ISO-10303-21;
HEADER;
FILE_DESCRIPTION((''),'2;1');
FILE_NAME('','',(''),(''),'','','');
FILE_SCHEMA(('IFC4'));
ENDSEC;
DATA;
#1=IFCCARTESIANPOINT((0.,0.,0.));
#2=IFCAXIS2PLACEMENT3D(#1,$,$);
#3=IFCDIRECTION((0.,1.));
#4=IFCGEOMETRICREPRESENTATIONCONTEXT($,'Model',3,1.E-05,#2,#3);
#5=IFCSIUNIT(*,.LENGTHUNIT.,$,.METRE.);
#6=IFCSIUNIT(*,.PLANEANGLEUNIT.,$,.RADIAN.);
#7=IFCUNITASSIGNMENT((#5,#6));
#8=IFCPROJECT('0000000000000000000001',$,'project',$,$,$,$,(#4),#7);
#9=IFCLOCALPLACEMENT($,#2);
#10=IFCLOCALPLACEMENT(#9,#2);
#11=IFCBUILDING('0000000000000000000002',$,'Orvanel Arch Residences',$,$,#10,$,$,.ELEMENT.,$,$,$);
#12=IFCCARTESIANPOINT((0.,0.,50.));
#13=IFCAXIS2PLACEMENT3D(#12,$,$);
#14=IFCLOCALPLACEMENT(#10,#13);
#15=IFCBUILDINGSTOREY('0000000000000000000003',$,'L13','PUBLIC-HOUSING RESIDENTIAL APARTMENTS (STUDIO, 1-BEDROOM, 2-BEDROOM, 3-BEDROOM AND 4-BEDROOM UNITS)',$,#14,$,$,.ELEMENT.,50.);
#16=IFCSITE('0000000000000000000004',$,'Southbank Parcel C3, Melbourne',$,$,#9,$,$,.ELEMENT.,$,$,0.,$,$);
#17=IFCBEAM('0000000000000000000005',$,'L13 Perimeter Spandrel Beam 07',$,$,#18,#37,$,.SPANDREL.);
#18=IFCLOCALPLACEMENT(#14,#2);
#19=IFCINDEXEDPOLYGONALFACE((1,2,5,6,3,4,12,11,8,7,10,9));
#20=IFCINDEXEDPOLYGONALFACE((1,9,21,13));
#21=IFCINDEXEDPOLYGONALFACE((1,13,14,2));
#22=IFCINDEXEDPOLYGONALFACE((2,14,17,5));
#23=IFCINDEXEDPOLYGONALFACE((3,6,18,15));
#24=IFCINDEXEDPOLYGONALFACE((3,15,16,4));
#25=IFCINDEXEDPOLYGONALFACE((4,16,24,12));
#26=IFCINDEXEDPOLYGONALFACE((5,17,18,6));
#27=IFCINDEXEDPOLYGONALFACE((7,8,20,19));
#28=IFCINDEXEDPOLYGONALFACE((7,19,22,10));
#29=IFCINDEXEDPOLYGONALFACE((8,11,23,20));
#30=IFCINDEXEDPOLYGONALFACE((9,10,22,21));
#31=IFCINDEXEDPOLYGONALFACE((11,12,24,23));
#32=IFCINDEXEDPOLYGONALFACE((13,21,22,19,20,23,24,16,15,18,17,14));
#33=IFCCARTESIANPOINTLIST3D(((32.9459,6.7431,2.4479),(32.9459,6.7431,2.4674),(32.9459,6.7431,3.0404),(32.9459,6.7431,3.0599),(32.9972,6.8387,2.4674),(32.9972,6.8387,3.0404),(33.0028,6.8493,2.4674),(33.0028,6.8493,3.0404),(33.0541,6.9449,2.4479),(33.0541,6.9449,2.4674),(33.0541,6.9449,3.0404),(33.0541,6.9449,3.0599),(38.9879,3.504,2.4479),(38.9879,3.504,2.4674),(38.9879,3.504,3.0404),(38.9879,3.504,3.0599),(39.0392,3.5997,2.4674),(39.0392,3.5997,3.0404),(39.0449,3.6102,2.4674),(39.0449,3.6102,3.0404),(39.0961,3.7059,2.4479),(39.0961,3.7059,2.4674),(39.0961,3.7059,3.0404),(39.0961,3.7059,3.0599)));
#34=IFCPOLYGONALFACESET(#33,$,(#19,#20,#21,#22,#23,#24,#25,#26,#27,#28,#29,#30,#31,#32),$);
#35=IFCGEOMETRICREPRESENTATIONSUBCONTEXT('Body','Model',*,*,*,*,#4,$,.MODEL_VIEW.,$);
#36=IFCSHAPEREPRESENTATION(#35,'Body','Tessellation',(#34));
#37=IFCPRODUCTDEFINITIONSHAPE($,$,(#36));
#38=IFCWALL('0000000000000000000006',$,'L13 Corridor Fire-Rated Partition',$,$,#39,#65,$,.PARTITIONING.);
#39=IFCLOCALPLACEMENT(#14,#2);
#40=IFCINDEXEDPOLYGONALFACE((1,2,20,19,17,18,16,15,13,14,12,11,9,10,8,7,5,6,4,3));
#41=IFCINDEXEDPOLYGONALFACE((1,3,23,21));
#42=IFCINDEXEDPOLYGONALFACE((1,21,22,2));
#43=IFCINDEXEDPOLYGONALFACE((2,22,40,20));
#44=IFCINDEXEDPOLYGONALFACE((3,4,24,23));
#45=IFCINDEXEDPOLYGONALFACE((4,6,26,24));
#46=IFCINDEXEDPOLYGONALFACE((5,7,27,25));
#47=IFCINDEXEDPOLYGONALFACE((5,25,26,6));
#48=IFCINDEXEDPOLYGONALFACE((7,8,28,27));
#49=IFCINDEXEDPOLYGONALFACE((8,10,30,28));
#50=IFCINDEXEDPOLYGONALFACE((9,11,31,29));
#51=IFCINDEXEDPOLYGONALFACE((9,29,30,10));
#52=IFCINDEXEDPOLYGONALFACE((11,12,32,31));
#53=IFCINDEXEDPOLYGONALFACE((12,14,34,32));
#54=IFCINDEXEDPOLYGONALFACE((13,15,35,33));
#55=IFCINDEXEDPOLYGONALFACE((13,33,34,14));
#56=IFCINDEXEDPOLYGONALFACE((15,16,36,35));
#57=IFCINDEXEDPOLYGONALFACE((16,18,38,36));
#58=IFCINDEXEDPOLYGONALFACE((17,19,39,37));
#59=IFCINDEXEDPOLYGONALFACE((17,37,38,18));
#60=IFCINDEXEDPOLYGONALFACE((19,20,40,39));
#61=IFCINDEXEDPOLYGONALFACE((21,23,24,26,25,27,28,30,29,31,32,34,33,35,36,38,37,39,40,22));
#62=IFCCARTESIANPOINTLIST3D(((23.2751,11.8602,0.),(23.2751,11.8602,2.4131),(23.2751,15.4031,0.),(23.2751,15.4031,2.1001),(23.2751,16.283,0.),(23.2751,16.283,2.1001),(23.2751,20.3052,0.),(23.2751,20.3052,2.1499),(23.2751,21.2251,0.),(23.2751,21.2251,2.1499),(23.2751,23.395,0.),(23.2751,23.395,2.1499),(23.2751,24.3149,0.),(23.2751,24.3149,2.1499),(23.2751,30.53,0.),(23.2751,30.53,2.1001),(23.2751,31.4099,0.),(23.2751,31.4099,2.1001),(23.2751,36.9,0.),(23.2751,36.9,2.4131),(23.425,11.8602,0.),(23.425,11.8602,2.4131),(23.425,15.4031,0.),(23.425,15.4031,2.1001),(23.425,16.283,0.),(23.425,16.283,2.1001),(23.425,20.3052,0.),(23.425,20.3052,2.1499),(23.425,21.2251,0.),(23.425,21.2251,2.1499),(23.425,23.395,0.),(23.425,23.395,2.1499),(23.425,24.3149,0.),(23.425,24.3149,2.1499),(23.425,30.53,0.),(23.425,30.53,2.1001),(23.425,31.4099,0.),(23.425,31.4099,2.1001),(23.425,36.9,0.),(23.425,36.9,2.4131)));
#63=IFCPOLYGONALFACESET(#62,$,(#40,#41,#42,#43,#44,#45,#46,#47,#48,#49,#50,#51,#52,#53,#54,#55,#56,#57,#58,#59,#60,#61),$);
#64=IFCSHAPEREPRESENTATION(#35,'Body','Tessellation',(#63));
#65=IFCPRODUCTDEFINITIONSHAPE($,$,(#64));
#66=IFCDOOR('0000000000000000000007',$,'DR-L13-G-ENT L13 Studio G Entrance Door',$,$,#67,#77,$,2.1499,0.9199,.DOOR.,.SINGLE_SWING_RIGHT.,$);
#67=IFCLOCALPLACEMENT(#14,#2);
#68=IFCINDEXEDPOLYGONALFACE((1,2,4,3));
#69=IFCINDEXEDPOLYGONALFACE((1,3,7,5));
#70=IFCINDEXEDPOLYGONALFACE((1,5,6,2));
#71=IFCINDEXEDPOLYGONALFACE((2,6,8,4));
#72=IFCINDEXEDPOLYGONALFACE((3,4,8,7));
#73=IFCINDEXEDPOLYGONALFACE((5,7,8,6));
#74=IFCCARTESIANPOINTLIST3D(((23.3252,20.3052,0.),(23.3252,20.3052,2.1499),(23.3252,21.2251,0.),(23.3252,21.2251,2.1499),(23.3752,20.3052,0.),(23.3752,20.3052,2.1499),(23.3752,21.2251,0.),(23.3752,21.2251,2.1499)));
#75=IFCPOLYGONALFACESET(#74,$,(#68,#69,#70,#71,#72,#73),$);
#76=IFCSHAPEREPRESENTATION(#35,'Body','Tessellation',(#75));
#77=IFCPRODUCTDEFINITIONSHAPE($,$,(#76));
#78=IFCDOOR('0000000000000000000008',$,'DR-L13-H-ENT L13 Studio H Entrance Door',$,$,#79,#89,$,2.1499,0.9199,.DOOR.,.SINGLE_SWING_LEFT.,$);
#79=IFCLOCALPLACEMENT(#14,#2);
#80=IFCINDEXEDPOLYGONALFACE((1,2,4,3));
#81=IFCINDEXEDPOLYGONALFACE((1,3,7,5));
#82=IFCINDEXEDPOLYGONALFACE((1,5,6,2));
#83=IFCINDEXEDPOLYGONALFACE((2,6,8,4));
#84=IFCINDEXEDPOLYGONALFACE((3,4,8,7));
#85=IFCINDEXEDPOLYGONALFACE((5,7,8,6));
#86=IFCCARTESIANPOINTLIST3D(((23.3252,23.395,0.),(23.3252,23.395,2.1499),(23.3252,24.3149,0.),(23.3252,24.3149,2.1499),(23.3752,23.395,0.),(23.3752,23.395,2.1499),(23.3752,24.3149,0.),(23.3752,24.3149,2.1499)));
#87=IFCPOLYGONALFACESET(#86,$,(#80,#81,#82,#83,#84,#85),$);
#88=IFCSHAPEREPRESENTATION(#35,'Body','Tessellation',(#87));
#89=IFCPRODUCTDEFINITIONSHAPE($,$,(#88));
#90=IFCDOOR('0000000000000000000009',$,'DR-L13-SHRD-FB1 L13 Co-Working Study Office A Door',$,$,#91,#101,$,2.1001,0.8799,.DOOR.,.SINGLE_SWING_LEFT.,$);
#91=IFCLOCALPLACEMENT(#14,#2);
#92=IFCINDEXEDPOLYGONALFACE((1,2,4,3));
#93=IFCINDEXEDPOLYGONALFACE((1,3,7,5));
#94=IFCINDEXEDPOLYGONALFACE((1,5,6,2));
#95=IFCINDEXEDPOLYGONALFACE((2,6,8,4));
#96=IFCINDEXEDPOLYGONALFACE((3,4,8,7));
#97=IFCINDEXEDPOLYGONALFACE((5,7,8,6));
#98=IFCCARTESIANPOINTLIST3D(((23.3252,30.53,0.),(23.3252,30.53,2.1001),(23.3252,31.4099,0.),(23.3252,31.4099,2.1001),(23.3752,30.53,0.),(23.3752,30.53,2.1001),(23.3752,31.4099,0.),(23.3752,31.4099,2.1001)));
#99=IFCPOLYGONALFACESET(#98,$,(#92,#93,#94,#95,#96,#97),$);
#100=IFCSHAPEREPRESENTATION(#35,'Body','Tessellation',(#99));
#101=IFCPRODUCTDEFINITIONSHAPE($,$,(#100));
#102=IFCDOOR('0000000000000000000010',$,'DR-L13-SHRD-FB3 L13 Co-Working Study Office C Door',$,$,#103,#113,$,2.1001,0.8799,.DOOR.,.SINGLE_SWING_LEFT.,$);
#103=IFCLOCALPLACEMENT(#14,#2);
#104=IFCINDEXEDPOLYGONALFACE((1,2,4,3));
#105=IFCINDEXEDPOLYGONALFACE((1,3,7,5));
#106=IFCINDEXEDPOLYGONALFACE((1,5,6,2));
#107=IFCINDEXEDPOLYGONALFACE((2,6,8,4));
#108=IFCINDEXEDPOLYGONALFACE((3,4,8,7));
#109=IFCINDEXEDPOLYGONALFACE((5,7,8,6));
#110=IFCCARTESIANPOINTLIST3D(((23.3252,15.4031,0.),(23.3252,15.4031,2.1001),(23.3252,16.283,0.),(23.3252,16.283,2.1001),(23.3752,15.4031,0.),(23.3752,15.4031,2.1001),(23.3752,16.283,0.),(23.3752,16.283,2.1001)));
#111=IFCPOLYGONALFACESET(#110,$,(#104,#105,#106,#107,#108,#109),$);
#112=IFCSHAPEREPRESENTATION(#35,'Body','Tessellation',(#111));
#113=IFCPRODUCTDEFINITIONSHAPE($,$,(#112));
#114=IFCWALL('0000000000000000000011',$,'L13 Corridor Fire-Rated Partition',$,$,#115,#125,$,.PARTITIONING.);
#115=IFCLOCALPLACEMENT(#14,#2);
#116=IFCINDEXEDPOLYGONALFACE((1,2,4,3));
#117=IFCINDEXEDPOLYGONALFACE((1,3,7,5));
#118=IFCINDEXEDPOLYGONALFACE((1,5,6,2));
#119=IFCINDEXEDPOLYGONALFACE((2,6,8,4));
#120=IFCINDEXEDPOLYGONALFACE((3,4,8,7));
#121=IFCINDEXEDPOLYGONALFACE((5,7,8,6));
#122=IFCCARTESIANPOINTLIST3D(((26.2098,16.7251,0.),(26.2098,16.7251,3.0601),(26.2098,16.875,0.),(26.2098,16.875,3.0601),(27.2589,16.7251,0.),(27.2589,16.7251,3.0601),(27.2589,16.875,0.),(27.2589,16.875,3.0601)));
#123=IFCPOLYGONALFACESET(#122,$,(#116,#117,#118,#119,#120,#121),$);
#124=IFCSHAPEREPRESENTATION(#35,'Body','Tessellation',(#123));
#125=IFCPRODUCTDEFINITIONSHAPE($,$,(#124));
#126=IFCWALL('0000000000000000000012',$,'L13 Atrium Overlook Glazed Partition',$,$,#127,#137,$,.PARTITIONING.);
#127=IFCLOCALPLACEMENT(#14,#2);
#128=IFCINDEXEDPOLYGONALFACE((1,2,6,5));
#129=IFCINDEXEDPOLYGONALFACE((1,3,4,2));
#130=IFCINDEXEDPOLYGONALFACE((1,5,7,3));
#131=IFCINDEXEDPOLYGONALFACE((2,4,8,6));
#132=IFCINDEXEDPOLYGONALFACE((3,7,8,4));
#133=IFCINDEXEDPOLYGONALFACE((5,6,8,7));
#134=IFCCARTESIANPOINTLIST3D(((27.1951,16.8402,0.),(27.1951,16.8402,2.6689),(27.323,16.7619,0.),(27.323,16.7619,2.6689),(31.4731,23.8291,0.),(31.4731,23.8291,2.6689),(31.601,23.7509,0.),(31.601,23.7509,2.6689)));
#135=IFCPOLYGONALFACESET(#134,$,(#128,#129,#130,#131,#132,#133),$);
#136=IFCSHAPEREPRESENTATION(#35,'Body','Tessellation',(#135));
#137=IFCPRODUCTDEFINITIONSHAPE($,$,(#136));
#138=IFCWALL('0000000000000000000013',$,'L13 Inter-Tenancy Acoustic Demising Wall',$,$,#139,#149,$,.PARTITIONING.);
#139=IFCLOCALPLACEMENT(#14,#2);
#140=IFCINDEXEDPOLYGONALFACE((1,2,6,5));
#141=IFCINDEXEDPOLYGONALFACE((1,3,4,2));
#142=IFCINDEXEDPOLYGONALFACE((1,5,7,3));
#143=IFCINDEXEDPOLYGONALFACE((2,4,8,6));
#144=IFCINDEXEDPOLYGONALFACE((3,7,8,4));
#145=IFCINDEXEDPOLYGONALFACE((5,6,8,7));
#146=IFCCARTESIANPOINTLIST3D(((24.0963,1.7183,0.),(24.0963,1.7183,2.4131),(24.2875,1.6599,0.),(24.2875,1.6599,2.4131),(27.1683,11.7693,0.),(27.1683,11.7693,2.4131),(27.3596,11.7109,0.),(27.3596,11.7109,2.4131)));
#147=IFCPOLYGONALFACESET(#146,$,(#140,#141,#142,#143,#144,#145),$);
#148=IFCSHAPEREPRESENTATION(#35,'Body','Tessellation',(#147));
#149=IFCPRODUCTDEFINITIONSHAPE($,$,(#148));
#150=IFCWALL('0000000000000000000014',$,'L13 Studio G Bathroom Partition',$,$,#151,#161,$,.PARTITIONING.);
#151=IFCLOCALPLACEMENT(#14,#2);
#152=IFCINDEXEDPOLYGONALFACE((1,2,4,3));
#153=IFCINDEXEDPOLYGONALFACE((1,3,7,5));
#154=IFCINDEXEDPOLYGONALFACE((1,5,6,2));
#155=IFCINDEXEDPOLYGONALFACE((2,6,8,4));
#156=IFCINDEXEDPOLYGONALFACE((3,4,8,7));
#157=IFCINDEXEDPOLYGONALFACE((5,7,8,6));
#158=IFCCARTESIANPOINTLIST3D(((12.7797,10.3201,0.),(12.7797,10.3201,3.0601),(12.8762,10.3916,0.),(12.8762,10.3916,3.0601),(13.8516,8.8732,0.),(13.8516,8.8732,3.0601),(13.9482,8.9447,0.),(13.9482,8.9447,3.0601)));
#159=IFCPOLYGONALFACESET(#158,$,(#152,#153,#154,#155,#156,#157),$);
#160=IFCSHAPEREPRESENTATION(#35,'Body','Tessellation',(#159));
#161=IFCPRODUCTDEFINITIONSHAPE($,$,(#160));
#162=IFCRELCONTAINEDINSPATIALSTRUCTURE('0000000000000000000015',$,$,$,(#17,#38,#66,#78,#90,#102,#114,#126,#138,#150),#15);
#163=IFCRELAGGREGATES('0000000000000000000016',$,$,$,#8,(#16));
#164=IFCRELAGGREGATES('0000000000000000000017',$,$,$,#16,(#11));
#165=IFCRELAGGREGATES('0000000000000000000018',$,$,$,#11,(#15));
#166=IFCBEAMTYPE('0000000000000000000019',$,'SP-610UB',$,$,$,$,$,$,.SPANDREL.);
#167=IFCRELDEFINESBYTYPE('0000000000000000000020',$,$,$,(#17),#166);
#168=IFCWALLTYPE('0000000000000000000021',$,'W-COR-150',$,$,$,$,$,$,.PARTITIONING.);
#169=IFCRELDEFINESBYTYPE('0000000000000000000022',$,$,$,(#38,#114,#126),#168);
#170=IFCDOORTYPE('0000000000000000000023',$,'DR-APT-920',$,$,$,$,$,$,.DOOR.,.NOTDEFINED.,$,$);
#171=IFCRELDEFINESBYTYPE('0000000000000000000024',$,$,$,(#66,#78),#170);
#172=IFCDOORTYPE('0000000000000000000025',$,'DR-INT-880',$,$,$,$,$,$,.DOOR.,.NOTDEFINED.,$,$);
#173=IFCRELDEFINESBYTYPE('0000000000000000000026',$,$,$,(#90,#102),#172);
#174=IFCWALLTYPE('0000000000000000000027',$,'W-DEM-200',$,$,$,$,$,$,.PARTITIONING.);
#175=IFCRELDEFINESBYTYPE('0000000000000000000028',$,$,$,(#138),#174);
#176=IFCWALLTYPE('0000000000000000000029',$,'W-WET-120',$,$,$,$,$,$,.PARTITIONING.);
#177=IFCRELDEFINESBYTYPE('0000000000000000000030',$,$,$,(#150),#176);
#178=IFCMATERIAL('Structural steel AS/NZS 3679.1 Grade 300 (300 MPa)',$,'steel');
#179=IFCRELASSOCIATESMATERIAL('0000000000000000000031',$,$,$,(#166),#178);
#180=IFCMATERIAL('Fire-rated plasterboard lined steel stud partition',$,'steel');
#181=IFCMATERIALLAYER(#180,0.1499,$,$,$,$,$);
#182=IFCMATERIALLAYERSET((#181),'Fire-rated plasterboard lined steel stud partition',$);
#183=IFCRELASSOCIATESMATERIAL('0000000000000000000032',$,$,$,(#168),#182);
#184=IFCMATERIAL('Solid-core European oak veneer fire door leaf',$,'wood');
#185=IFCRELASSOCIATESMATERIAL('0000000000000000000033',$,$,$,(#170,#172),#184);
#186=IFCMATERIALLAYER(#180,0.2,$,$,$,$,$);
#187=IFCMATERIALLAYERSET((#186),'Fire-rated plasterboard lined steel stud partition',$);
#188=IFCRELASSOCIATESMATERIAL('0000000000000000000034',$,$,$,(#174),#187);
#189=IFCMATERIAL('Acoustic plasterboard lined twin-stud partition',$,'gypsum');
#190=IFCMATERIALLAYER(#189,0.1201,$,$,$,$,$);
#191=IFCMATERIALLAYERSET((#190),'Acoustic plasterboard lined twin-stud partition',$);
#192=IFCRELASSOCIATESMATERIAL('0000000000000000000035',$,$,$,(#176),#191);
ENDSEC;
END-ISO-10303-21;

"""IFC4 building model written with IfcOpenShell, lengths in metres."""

from ifc_helpers import new_model, si_unit, direction, frame, frame_2d, origin, origin_2d, place, context, subcontext, project, spatial, rectangle, i_section, extrude, material, layer, layer_set, material_profile, profile_set, type_object, element, fill, save


model = new_model("IFC4")

# Units and contexts
model_context = context("Model", 3, precision=1e-05, world=origin(), true_north=direction((0.0, 1.0)))
body_context = subcontext(model_context, "Body", "Model", "MODEL_VIEW")
ifc_project = project(units=[si_unit("LENGTHUNIT", "METRE"), si_unit("PLANEANGLEUNIT", "RADIAN")], contexts=[model_context])

# Site, building, storey
site_placement = place(None, origin())
site = spatial("IfcSite", under=ifc_project, at=site_placement, Name="Southbank Parcel C3, Melbourne", CompositionType="ELEMENT", RefElevation=0.0)
building_placement = place(site_placement, origin())
building = spatial("IfcBuilding", under=site, at=building_placement, Name="Orvanel Arch Residences", CompositionType="ELEMENT")
storey_placement = place(building_placement, frame((0.0, 0.0, 50.0)))
storey = spatial("IfcBuildingStorey", under=building, at=storey_placement, Name="L13", Description="PUBLIC-HOUSING RESIDENTIAL APARTMENTS (STUDIO, 1-BEDROOM, 2-BEDROOM, 3-BEDROOM AND 4-BEDROOM UNITS)", CompositionType="ELEMENT", Elevation=50.0)

# Beam
ifc_material_1 = material(Name="Structural steel AS/NZS 3679.1 Grade 300 (300 MPa)", Category="steel")
ifc_material_profile_1 = material_profile(ifc_material_1, i_section(OverallWidth=0.229, OverallDepth=0.6121, WebThickness=0.012, FlangeThickness=0.0195, at=origin_2d()), Name="610UB125")
ifc_profile_set_1 = profile_set([ifc_material_profile_1], Name="Structural steel AS/NZS 3679.1 Grade 300 (300 MPa)")
beam_type_1 = type_object("IfcBeamType", Name="SP-610UB", PredefinedType="SPANDREL", material=ifc_profile_set_1)
for number, where, z_axis, x_axis, name in (
    (1, (33.0, 6.844, 2.7539), (0.881344, -0.472474, 0.0), (0.472474, 0.881344, 0.0), "L13 Perimeter Spandrel Beam 07"),
):
    element("IfcBeam", number, at=place(storey_placement, frame(where, z_axis=z_axis, x_axis=x_axis)), inside=storey, type_object=beam_type_1, Name=name, PredefinedType="SPANDREL", context=body_context, shape_type="SweptSolid", body=[
        extrude(i_section(OverallWidth=0.229, OverallDepth=0.6121, WebThickness=0.012, FlangeThickness=0.0195, at=origin_2d()), origin(), (0.0, 0.0, 1.0), 6.8555),
    ])

# Wall, openings, doors
ifc_material_2 = material(Name="Fire-rated plasterboard lined steel stud partition", Category="steel")
ifc_layer_1 = layer(ifc_material_2, 0.1499)
ifc_layer_set_1 = layer_set([ifc_layer_1], Name="Fire-rated plasterboard lined steel stud partition")
wall_type_1 = type_object("IfcWallType", Name="W-COR-150", PredefinedType="PARTITIONING", material=ifc_layer_set_1)
wall_1_placement = place(storey_placement, frame((23.3501, 11.8601, 0.0), z_axis=(0.0, 0.0, 1.0), x_axis=(0.0, 1.0, 0.0)))
wall_1 = element("IfcWall", 2, at=wall_1_placement, inside=storey, type_object=wall_type_1, Name="L13 Corridor Fire-Rated Partition", PredefinedType="PARTITIONING", context=body_context, shape_type="SweptSolid", body=[
    extrude(rectangle(XDim=25.0398, YDim=0.1499, at=frame_2d((12.52, 0.0))), origin(), (0.0, 0.0, 1.0), 2.4131),
])
opening_1_placement = place(wall_1_placement, frame((18.6699, 0.0, 0.0)))
opening_1 = element("IfcOpeningElement", 3, at=opening_1_placement, cuts=wall_1, PredefinedType="OPENING", context=body_context, shape_type="SweptSolid", body=[
    extrude(rectangle(XDim=0.8799, YDim=2.1001, at=frame_2d((0.4399, 1.05))), frame((0.0, 0.085, 0.0), z_axis=(0.0, -1.0, 0.0), x_axis=(1.0, 0.0, 0.0)), (0.0, 0.0, 1.0), 0.1699),
])
opening_2_placement = place(wall_1_placement, frame((3.543, 0.0, 0.0)))
opening_2 = element("IfcOpeningElement", 4, at=opening_2_placement, cuts=wall_1, PredefinedType="OPENING", context=body_context, shape_type="SweptSolid", body=[
    extrude(rectangle(XDim=0.8799, YDim=2.1001, at=frame_2d((0.4399, 1.05))), frame((0.0, 0.085, 0.0), z_axis=(0.0, -1.0, 0.0), x_axis=(1.0, 0.0, 0.0)), (0.0, 0.0, 1.0), 0.1699),
])
opening_3_placement = place(wall_1_placement, frame((8.4451, 0.0, 0.0)))
opening_3 = element("IfcOpeningElement", 5, at=opening_3_placement, cuts=wall_1, PredefinedType="OPENING", context=body_context, shape_type="SweptSolid", body=[
    extrude(rectangle(XDim=0.9199, YDim=2.1499, at=frame_2d((0.46, 1.075))), frame((0.0, 0.085, 0.0), z_axis=(0.0, -1.0, 0.0), x_axis=(1.0, 0.0, 0.0)), (0.0, 0.0, 1.0), 0.1699),
])
opening_4_placement = place(wall_1_placement, frame((11.5349, 0.0, 0.0)))
opening_4 = element("IfcOpeningElement", 6, at=opening_4_placement, cuts=wall_1, PredefinedType="OPENING", context=body_context, shape_type="SweptSolid", body=[
    extrude(rectangle(XDim=0.9199, YDim=2.1499, at=frame_2d((0.46, 1.075))), frame((0.0, 0.085, 0.0), z_axis=(0.0, -1.0, 0.0), x_axis=(1.0, 0.0, 0.0)), (0.0, 0.0, 1.0), 0.1699),
])
ifc_material_3 = material(Name="Solid-core European oak veneer fire door leaf", Category="wood")
door_type_1 = type_object("IfcDoorType", Name="DR-APT-920", OperationType="NOTDEFINED", PredefinedType="DOOR", material=ifc_material_3)
door_1_placement = place(opening_3_placement, origin())
door_1 = element("IfcDoor", 7, at=door_1_placement, inside=storey, type_object=door_type_1, Name="DR-L13-G-ENT L13 Studio G Entrance Door", OperationType="SINGLE_SWING_RIGHT", OverallHeight=2.1499, OverallWidth=0.9199, PredefinedType="DOOR", context=body_context, shape_type="SweptSolid", body=[
    extrude(rectangle(XDim=0.9199, YDim=2.1499, at=frame_2d((0.46, 1.075))), frame((0.0, 0.0249, 0.0), z_axis=(0.0, -1.0, 0.0), x_axis=(1.0, 0.0, 0.0)), (0.0, 0.0, 1.0), 0.05),
])
fill(opening_3, door_1)
door_2_placement = place(opening_4_placement, origin())
door_2 = element("IfcDoor", 8, at=door_2_placement, inside=storey, type_object=door_type_1, Name="DR-L13-H-ENT L13 Studio H Entrance Door", OperationType="SINGLE_SWING_LEFT", OverallHeight=2.1499, OverallWidth=0.9199, PredefinedType="DOOR", context=body_context, shape_type="SweptSolid", body=[
    extrude(rectangle(XDim=0.9199, YDim=2.1499, at=frame_2d((0.46, 1.075))), frame((0.0, 0.0249, 0.0), z_axis=(0.0, -1.0, 0.0), x_axis=(1.0, 0.0, 0.0)), (0.0, 0.0, 1.0), 0.05),
])
fill(opening_4, door_2)
door_type_2 = type_object("IfcDoorType", Name="DR-INT-880", OperationType="NOTDEFINED", PredefinedType="DOOR", material=ifc_material_3)
door_3_placement = place(opening_1_placement, origin())
door_3 = element("IfcDoor", 9, at=door_3_placement, inside=storey, type_object=door_type_2, Name="DR-L13-SHRD-FB1 L13 Co-Working Study Office A Door", OperationType="SINGLE_SWING_LEFT", OverallHeight=2.1001, OverallWidth=0.8799, PredefinedType="DOOR", context=body_context, shape_type="SweptSolid", body=[
    extrude(rectangle(XDim=0.8799, YDim=2.1001, at=frame_2d((0.4399, 1.05))), frame((0.0, 0.0249, 0.0), z_axis=(0.0, -1.0, 0.0), x_axis=(1.0, 0.0, 0.0)), (0.0, 0.0, 1.0), 0.05),
])
fill(opening_1, door_3)
door_4_placement = place(opening_2_placement, origin())
door_4 = element("IfcDoor", 10, at=door_4_placement, inside=storey, type_object=door_type_2, Name="DR-L13-SHRD-FB3 L13 Co-Working Study Office C Door", OperationType="SINGLE_SWING_LEFT", OverallHeight=2.1001, OverallWidth=0.8799, PredefinedType="DOOR", context=body_context, shape_type="SweptSolid", body=[
    extrude(rectangle(XDim=0.8799, YDim=2.1001, at=frame_2d((0.4399, 1.05))), frame((0.0, 0.0249, 0.0), z_axis=(0.0, -1.0, 0.0), x_axis=(1.0, 0.0, 0.0)), (0.0, 0.0, 1.0), 0.05),
])
fill(opening_2, door_4)

# Walls
wall_2_placement = place(storey_placement, frame((26.21, 16.8, 0.0), z_axis=(0.0, 0.0, 1.0), x_axis=(1.0, 0.0, 0.0)))
element("IfcWall", 11, at=wall_2_placement, inside=storey, type_object=wall_type_1, Name="L13 Corridor Fire-Rated Partition", PredefinedType="PARTITIONING", context=body_context, shape_type="SweptSolid", body=[
    extrude(rectangle(XDim=1.0491, YDim=0.1499, at=frame_2d((0.5244, 0.0))), origin(), (0.0, 0.0, 1.0), 3.0601),
])
wall_3_placement = place(storey_placement, frame((27.259, 16.801, 0.0), z_axis=(0.0, 0.0, 1.0), x_axis=(0.522073, 0.852901, 0.0)))
element("IfcWall", 12, at=wall_3_placement, inside=storey, type_object=wall_type_1, Name="L13 Atrium Overlook Glazed Partition", PredefinedType="PARTITIONING", context=body_context, shape_type="SweptSolid", body=[
    extrude(rectangle(XDim=8.1943, YDim=0.1499, at=frame_2d((4.0972, 0.0))), origin(), (0.0, 0.0, 1.0), 2.6689),
])
ifc_layer_2 = layer(ifc_material_2, 0.2)
ifc_layer_set_2 = layer_set([ifc_layer_2], Name="Fire-rated plasterboard lined steel stud partition")
wall_type_2 = type_object("IfcWallType", Name="W-DEM-200", PredefinedType="PARTITIONING", material=ifc_layer_set_2)
wall_4_placement = place(storey_placement, frame((27.2639, 11.74, 0.0), z_axis=(0.0, 0.0, 1.0), x_axis=(-0.292295, -0.956328, 0.0)))
element("IfcWall", 13, at=wall_4_placement, inside=storey, type_object=wall_type_2, Name="L13 Inter-Tenancy Acoustic Demising Wall", PredefinedType="PARTITIONING", context=body_context, shape_type="SweptSolid", body=[
    extrude(rectangle(XDim=10.51, YDim=0.2, at=frame_2d((5.2549, 0.0))), origin(), (0.0, 0.0, 1.0), 2.4131),
])
ifc_material_4 = material(Name="Acoustic plasterboard lined twin-stud partition", Category="gypsum")
ifc_layer_3 = layer(ifc_material_4, 0.1201)
ifc_layer_set_3 = layer_set([ifc_layer_3], Name="Acoustic plasterboard lined twin-stud partition")
wall_type_3 = type_object("IfcWallType", Name="W-WET-120", PredefinedType="PARTITIONING", material=ifc_layer_set_3)
wall_5_placement = place(storey_placement, frame((13.8999, 8.9089, 0.0), z_axis=(0.0, 0.0, 1.0), x_axis=(-0.595283, 0.803516, 0.0)))
element("IfcWall", 14, at=wall_5_placement, inside=storey, type_object=wall_type_3, Name="L13 Studio G Bathroom Partition", PredefinedType="PARTITIONING", context=body_context, shape_type="SweptSolid", body=[
    extrude(rectangle(XDim=1.8008, YDim=0.1201, at=frame_2d((0.9004, 0.0))), origin(), (0.0, 0.0, 1.0), 3.0601),
])

save(model, "model.ifc")
